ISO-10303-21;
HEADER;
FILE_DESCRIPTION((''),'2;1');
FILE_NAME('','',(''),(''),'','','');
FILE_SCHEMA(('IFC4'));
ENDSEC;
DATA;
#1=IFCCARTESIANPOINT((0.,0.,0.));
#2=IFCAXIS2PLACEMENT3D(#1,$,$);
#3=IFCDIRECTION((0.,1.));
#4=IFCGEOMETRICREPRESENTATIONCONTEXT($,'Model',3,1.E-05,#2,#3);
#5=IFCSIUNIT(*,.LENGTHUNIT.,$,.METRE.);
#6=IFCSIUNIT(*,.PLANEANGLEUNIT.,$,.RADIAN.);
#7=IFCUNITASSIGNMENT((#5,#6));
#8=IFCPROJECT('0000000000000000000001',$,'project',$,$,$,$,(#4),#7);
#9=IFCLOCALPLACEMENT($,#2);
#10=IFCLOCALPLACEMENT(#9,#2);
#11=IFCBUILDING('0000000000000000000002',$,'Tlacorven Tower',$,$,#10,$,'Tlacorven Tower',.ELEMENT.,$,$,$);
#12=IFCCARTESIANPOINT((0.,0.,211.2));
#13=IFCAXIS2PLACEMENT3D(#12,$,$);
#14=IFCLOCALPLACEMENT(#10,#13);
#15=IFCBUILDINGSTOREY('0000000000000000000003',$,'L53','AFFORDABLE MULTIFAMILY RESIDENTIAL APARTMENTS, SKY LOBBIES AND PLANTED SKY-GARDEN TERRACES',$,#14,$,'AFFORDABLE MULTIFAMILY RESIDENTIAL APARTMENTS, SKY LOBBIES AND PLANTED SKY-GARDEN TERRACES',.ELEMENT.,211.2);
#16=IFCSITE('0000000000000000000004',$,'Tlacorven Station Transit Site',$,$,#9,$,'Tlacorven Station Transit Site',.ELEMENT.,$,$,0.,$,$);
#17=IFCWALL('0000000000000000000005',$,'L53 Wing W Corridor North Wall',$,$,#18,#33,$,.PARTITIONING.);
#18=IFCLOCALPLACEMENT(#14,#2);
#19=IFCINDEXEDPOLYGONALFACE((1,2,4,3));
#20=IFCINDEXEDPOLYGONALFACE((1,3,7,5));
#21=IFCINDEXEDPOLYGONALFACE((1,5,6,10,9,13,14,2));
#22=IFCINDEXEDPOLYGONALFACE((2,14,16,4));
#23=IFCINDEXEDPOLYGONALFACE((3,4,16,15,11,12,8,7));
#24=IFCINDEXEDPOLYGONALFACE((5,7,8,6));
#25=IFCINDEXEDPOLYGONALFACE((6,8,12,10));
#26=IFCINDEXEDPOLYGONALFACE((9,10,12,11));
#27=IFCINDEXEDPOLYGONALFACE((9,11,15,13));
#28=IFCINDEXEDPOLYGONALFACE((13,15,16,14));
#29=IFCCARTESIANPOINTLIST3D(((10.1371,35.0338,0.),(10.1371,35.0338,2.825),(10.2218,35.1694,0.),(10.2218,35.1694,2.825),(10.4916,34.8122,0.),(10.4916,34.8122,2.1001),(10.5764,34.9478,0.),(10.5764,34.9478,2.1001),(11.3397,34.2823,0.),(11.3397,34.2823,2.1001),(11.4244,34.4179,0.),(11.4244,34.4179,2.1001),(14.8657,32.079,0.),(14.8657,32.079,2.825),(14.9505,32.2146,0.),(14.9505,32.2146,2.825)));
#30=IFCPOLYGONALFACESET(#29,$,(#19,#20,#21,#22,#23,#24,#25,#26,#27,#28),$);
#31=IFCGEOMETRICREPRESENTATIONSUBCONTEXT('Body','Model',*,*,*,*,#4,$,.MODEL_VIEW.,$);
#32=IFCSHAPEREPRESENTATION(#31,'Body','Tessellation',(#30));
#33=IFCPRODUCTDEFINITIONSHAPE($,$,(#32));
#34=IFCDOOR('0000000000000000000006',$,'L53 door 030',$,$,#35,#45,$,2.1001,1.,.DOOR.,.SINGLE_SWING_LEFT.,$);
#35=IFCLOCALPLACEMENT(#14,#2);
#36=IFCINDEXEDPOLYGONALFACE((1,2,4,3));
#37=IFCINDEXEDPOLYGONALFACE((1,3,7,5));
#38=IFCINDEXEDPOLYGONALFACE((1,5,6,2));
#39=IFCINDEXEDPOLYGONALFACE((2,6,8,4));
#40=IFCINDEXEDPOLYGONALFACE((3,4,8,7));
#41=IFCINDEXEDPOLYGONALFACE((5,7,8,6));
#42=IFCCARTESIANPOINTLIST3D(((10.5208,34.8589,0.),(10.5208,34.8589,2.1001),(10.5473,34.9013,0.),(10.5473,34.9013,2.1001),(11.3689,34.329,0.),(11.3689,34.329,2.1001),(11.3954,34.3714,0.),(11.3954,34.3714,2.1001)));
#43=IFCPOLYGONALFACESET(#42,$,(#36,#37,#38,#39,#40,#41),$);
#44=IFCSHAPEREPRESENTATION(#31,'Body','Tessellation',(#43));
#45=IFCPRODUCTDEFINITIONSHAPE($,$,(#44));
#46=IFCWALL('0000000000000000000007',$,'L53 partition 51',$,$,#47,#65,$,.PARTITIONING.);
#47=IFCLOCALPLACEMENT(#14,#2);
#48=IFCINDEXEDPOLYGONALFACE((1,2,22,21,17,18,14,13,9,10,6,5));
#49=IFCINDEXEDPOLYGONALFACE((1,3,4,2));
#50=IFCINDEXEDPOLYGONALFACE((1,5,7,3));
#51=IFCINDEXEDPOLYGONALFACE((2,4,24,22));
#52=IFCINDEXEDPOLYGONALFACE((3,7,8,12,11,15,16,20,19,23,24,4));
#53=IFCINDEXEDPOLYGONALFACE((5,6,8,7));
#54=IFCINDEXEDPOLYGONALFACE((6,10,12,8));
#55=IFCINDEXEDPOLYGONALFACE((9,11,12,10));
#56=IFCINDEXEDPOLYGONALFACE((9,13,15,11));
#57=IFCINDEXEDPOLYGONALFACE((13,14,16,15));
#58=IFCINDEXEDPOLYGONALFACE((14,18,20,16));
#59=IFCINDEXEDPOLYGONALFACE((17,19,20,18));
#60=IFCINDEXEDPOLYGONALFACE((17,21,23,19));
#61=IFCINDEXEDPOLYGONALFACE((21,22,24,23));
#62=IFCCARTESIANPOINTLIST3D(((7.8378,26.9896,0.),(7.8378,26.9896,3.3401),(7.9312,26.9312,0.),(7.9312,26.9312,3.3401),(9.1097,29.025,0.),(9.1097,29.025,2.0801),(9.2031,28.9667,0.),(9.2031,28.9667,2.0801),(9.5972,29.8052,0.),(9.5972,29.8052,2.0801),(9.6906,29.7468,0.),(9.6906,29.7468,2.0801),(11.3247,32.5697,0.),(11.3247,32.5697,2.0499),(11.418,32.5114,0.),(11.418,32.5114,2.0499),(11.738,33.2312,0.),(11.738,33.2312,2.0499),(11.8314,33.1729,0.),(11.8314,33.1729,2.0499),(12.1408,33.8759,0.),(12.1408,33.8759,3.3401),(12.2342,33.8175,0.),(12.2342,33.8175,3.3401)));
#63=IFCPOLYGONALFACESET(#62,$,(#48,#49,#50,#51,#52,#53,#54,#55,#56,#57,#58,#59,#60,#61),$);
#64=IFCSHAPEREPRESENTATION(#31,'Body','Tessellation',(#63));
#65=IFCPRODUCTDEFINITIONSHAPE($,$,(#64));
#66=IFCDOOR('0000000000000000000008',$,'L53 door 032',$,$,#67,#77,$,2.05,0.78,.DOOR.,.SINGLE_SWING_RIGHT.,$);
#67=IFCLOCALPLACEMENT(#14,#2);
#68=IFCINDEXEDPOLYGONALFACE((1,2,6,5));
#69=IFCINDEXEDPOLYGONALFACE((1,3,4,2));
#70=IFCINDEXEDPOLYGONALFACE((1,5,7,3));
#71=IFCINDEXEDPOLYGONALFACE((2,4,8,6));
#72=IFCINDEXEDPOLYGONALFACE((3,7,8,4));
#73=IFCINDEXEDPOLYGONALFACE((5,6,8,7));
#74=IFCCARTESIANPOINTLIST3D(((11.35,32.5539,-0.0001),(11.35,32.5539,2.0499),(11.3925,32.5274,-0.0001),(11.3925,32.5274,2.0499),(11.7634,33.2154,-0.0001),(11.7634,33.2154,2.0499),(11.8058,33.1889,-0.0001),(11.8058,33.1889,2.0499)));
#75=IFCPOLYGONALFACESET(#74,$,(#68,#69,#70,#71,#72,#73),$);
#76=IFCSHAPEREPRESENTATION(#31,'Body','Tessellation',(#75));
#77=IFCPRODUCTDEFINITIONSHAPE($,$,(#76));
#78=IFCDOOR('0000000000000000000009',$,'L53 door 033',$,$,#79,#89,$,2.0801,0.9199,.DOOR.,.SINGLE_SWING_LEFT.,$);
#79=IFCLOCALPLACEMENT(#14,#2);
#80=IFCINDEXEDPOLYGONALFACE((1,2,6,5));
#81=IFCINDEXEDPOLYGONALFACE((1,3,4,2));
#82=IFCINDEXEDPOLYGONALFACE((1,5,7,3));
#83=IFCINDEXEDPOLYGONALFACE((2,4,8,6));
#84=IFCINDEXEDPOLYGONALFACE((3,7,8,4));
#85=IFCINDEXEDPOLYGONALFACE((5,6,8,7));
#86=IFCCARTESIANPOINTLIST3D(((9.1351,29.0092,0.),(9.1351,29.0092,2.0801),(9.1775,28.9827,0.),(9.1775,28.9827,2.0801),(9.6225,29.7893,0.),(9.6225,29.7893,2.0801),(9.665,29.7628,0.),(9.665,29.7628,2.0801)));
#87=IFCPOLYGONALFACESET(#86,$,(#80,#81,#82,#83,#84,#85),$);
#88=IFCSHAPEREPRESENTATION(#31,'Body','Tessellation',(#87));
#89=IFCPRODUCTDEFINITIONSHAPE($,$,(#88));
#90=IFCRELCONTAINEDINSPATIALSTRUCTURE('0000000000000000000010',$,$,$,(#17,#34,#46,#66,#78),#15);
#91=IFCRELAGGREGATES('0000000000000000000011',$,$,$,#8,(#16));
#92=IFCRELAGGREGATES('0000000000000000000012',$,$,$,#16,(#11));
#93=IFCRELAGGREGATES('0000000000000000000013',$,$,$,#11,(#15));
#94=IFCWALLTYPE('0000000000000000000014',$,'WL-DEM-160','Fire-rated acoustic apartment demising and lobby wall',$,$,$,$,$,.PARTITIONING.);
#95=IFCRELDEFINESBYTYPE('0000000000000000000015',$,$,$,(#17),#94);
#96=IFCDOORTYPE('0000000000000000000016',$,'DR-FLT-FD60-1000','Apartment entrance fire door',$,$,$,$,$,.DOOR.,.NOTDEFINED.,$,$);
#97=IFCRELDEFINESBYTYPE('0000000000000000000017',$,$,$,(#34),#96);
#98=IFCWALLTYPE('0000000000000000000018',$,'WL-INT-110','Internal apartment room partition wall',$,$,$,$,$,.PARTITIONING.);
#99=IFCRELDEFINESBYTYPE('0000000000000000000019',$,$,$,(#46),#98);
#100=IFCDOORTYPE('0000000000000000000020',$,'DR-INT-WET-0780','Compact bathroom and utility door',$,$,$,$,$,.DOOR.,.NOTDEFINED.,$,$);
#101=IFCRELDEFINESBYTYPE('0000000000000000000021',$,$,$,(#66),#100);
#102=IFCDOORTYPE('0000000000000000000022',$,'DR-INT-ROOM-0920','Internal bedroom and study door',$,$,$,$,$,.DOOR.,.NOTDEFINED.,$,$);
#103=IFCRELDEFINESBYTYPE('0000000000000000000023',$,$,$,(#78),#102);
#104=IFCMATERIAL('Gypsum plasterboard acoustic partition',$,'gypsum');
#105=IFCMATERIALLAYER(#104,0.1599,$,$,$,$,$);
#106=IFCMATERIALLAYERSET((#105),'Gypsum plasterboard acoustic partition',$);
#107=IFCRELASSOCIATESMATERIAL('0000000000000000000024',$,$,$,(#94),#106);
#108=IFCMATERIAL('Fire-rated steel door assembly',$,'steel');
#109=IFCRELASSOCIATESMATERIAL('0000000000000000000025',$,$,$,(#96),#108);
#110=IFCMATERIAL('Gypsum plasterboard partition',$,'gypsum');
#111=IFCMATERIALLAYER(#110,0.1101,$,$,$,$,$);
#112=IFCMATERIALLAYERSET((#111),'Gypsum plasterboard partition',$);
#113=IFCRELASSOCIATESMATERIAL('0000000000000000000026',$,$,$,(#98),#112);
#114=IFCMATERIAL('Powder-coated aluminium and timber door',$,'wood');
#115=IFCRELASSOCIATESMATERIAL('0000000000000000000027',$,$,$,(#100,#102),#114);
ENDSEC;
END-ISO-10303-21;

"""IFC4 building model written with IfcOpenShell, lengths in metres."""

from ifc_helpers import new_model, si_unit, direction, frame, frame_2d, origin, place, context, subcontext, project, spatial, rectangle, extrude, source, transform, mapped, material, layer, layer_set, type_object, element, fill, save


model = new_model("IFC4")

# Units and contexts
model_context = context("Model", 3, precision=1e-05, world=origin(), true_north=direction((0.0, 1.0)))
body_context = subcontext(model_context, "Body", "Model", "MODEL_VIEW")
ifc_project = project(units=[si_unit("LENGTHUNIT", "METRE"), si_unit("PLANEANGLEUNIT", "RADIAN")], contexts=[model_context])

# Site, building, storey
site_placement = place(None, origin())
site = spatial("IfcSite", under=ifc_project, at=site_placement, Name="Tlacorven Station Transit Site", LongName="Tlacorven Station Transit Site", CompositionType="ELEMENT", RefElevation=0.0)
building_placement = place(site_placement, origin())
building = spatial("IfcBuilding", under=site, at=building_placement, Name="Tlacorven Tower", LongName="Tlacorven Tower", CompositionType="ELEMENT")
storey_placement = place(building_placement, frame((0.0, 0.0, 211.2)))
storey = spatial("IfcBuildingStorey", under=building, at=storey_placement, Name="L53", Description="AFFORDABLE MULTIFAMILY RESIDENTIAL APARTMENTS, SKY LOBBIES AND PLANTED SKY-GARDEN TERRACES", LongName="AFFORDABLE MULTIFAMILY RESIDENTIAL APARTMENTS, SKY LOBBIES AND PLANTED SKY-GARDEN TERRACES", CompositionType="ELEMENT", Elevation=211.2)

# Wall, opening, door
ifc_material_1 = material(Name="Gypsum plasterboard acoustic partition", Category="gypsum")
ifc_layer_1 = layer(ifc_material_1, 0.1599)
ifc_layer_set_1 = layer_set([ifc_layer_1], Name="Gypsum plasterboard acoustic partition")
wall_type_1 = type_object("IfcWallType", Name="WL-DEM-160", Description="Fire-rated acoustic apartment demising and lobby wall", PredefinedType="PARTITIONING", material=ifc_layer_set_1)
wall_1_placement = place(storey_placement, frame((14.9082, 32.1467, 0.0), z_axis=(0.0, 0.0, 1.0), x_axis=(-0.84805, 0.529916, 0.0)))
wall_1 = element("IfcWall", 1, at=wall_1_placement, inside=storey, type_object=wall_type_1, Name="L53 Wing W Corridor North Wall", PredefinedType="PARTITIONING", context=body_context, shape_type="SweptSolid", body=[
    extrude(rectangle(XDim=5.5759, YDim=0.1599, at=frame_2d((2.7881, 0.0))), origin(), (0.0, 0.0, 1.0), 2.825),
])
opening_1_placement = place(wall_1_placement, frame((4.158, 0.0, 0.0)))
opening_1 = element("IfcOpeningElement", 2, at=opening_1_placement, cuts=wall_1, PredefinedType="OPENING", context=body_context, shape_type="SweptSolid", body=[
    extrude(rectangle(XDim=1.0, YDim=2.1001, at=frame_2d((0.5, 1.05))), frame((0.0, 0.0898, 0.0), z_axis=(0.0, -1.0, 0.0), x_axis=(1.0, 0.0, 0.0)), (0.0, 0.0, 1.0), 0.1799),
])
ifc_material_2 = material(Name="Fire-rated steel door assembly", Category="steel")
door_type_1 = type_object("IfcDoorType", Name="DR-FLT-FD60-1000", Description="Apartment entrance fire door", OperationType="NOTDEFINED", PredefinedType="DOOR", material=ifc_material_2)
shared_shape_1 = source(origin(), body_context, "Body", "SweptSolid", [
    extrude(rectangle(XDim=1.0, YDim=2.1001, at=frame_2d((0.5, 1.05))), frame((0.0, 0.0249, 0.0), z_axis=(0.0, -1.0, 0.0), x_axis=(1.0, 0.0, 0.0)), (0.0, 0.0, 1.0), 0.05),
])
door_1_placement = place(opening_1_placement, origin())
door_1 = element("IfcDoor", 3, at=door_1_placement, inside=storey, type_object=door_type_1, Name="L53 door 030", OperationType="SINGLE_SWING_LEFT", OverallHeight=2.1001, OverallWidth=1.0, PredefinedType="DOOR", context=body_context, shape_type="MappedRepresentation", body=[
    mapped(shared_shape_1, transform((0.0, 0.0, 0.0), scale=1.0)),
])
fill(opening_1, door_1)

# Wall, openings, doors
ifc_material_3 = material(Name="Gypsum plasterboard partition", Category="gypsum")
ifc_layer_2 = layer(ifc_material_3, 0.1101)
ifc_layer_set_2 = layer_set([ifc_layer_2], Name="Gypsum plasterboard partition")
wall_type_2 = type_object("IfcWallType", Name="WL-INT-110", Description="Internal apartment room partition wall", PredefinedType="PARTITIONING", material=ifc_layer_set_2)
wall_2_placement = place(storey_placement, frame((12.1875, 33.8467, 0.0), z_axis=(0.0, 0.0, 1.0), x_axis=(-0.529918, -0.848049, 0.0)))
wall_2 = element("IfcWall", 4, at=wall_2_placement, inside=storey, type_object=wall_type_2, Name="L53 partition 51", PredefinedType="PARTITIONING", context=body_context, shape_type="SweptSolid", body=[
    extrude(rectangle(XDim=8.1201, YDim=0.1101, at=frame_2d((4.0601, 0.0))), origin(), (0.0, 0.0, 1.0), 3.3401),
])
opening_2_placement = place(wall_2_placement, frame((0.76, 0.0, 0.0)))
opening_2 = element("IfcOpeningElement", 5, at=opening_2_placement, cuts=wall_2, PredefinedType="OPENING", context=body_context, shape_type="SweptSolid", body=[
    extrude(rectangle(XDim=0.78, YDim=2.05, at=frame_2d((0.3901, 1.0249))), frame((0.0, 0.0649, 0.0), z_axis=(0.0, -1.0, 0.0), x_axis=(1.0, 0.0, 0.0)), (0.0, 0.0, 1.0), 0.1301),
])
opening_3_placement = place(wall_2_placement, frame((4.8, 0.0, 0.0)))
opening_3 = element("IfcOpeningElement", 6, at=opening_3_placement, cuts=wall_2, PredefinedType="OPENING", context=body_context, shape_type="SweptSolid", body=[
    extrude(rectangle(XDim=0.9199, YDim=2.0801, at=frame_2d((0.46, 1.04))), frame((0.0, 0.0649, 0.0), z_axis=(0.0, -1.0, 0.0), x_axis=(1.0, 0.0, 0.0)), (0.0, 0.0, 1.0), 0.1301),
])
ifc_material_4 = material(Name="Powder-coated aluminium and timber door", Category="wood")
door_type_2 = type_object("IfcDoorType", Name="DR-INT-WET-0780", Description="Compact bathroom and utility door", OperationType="NOTDEFINED", PredefinedType="DOOR", material=ifc_material_4)
shared_shape_2 = source(origin(), body_context, "Body", "SweptSolid", [
    extrude(rectangle(XDim=0.78, YDim=2.05, at=frame_2d((0.3901, 1.0249))), frame((0.0, 0.0249, 0.0), z_axis=(0.0, -1.0, 0.0), x_axis=(1.0, 0.0, 0.0)), (0.0, 0.0, 1.0), 0.05),
])
door_2_placement = place(opening_2_placement, origin())
door_2 = element("IfcDoor", 7, at=door_2_placement, inside=storey, type_object=door_type_2, Name="L53 door 032", OperationType="SINGLE_SWING_RIGHT", OverallHeight=2.05, OverallWidth=0.78, PredefinedType="DOOR", context=body_context, shape_type="MappedRepresentation", body=[
    mapped(shared_shape_2, transform((0.0, 0.0, 0.0), scale=1.0)),
])
fill(opening_2, door_2)
door_type_3 = type_object("IfcDoorType", Name="DR-INT-ROOM-0920", Description="Internal bedroom and study door", OperationType="NOTDEFINED", PredefinedType="DOOR", material=ifc_material_4)
shared_shape_3 = source(origin(), body_context, "Body", "SweptSolid", [
    extrude(rectangle(XDim=0.9199, YDim=2.0801, at=frame_2d((0.46, 1.04))), frame((0.0, 0.0249, 0.0), z_axis=(0.0, -1.0, 0.0), x_axis=(1.0, 0.0, 0.0)), (0.0, 0.0, 1.0), 0.05),
])
door_3_placement = place(opening_3_placement, origin())
door_3 = element("IfcDoor", 8, at=door_3_placement, inside=storey, type_object=door_type_3, Name="L53 door 033", OperationType="SINGLE_SWING_LEFT", OverallHeight=2.0801, OverallWidth=0.9199, PredefinedType="DOOR", context=body_context, shape_type="MappedRepresentation", body=[
    mapped(shared_shape_3, transform((0.0, 0.0, 0.0), scale=1.0)),
])
fill(opening_3, door_3)

save(model, "model.ifc")
